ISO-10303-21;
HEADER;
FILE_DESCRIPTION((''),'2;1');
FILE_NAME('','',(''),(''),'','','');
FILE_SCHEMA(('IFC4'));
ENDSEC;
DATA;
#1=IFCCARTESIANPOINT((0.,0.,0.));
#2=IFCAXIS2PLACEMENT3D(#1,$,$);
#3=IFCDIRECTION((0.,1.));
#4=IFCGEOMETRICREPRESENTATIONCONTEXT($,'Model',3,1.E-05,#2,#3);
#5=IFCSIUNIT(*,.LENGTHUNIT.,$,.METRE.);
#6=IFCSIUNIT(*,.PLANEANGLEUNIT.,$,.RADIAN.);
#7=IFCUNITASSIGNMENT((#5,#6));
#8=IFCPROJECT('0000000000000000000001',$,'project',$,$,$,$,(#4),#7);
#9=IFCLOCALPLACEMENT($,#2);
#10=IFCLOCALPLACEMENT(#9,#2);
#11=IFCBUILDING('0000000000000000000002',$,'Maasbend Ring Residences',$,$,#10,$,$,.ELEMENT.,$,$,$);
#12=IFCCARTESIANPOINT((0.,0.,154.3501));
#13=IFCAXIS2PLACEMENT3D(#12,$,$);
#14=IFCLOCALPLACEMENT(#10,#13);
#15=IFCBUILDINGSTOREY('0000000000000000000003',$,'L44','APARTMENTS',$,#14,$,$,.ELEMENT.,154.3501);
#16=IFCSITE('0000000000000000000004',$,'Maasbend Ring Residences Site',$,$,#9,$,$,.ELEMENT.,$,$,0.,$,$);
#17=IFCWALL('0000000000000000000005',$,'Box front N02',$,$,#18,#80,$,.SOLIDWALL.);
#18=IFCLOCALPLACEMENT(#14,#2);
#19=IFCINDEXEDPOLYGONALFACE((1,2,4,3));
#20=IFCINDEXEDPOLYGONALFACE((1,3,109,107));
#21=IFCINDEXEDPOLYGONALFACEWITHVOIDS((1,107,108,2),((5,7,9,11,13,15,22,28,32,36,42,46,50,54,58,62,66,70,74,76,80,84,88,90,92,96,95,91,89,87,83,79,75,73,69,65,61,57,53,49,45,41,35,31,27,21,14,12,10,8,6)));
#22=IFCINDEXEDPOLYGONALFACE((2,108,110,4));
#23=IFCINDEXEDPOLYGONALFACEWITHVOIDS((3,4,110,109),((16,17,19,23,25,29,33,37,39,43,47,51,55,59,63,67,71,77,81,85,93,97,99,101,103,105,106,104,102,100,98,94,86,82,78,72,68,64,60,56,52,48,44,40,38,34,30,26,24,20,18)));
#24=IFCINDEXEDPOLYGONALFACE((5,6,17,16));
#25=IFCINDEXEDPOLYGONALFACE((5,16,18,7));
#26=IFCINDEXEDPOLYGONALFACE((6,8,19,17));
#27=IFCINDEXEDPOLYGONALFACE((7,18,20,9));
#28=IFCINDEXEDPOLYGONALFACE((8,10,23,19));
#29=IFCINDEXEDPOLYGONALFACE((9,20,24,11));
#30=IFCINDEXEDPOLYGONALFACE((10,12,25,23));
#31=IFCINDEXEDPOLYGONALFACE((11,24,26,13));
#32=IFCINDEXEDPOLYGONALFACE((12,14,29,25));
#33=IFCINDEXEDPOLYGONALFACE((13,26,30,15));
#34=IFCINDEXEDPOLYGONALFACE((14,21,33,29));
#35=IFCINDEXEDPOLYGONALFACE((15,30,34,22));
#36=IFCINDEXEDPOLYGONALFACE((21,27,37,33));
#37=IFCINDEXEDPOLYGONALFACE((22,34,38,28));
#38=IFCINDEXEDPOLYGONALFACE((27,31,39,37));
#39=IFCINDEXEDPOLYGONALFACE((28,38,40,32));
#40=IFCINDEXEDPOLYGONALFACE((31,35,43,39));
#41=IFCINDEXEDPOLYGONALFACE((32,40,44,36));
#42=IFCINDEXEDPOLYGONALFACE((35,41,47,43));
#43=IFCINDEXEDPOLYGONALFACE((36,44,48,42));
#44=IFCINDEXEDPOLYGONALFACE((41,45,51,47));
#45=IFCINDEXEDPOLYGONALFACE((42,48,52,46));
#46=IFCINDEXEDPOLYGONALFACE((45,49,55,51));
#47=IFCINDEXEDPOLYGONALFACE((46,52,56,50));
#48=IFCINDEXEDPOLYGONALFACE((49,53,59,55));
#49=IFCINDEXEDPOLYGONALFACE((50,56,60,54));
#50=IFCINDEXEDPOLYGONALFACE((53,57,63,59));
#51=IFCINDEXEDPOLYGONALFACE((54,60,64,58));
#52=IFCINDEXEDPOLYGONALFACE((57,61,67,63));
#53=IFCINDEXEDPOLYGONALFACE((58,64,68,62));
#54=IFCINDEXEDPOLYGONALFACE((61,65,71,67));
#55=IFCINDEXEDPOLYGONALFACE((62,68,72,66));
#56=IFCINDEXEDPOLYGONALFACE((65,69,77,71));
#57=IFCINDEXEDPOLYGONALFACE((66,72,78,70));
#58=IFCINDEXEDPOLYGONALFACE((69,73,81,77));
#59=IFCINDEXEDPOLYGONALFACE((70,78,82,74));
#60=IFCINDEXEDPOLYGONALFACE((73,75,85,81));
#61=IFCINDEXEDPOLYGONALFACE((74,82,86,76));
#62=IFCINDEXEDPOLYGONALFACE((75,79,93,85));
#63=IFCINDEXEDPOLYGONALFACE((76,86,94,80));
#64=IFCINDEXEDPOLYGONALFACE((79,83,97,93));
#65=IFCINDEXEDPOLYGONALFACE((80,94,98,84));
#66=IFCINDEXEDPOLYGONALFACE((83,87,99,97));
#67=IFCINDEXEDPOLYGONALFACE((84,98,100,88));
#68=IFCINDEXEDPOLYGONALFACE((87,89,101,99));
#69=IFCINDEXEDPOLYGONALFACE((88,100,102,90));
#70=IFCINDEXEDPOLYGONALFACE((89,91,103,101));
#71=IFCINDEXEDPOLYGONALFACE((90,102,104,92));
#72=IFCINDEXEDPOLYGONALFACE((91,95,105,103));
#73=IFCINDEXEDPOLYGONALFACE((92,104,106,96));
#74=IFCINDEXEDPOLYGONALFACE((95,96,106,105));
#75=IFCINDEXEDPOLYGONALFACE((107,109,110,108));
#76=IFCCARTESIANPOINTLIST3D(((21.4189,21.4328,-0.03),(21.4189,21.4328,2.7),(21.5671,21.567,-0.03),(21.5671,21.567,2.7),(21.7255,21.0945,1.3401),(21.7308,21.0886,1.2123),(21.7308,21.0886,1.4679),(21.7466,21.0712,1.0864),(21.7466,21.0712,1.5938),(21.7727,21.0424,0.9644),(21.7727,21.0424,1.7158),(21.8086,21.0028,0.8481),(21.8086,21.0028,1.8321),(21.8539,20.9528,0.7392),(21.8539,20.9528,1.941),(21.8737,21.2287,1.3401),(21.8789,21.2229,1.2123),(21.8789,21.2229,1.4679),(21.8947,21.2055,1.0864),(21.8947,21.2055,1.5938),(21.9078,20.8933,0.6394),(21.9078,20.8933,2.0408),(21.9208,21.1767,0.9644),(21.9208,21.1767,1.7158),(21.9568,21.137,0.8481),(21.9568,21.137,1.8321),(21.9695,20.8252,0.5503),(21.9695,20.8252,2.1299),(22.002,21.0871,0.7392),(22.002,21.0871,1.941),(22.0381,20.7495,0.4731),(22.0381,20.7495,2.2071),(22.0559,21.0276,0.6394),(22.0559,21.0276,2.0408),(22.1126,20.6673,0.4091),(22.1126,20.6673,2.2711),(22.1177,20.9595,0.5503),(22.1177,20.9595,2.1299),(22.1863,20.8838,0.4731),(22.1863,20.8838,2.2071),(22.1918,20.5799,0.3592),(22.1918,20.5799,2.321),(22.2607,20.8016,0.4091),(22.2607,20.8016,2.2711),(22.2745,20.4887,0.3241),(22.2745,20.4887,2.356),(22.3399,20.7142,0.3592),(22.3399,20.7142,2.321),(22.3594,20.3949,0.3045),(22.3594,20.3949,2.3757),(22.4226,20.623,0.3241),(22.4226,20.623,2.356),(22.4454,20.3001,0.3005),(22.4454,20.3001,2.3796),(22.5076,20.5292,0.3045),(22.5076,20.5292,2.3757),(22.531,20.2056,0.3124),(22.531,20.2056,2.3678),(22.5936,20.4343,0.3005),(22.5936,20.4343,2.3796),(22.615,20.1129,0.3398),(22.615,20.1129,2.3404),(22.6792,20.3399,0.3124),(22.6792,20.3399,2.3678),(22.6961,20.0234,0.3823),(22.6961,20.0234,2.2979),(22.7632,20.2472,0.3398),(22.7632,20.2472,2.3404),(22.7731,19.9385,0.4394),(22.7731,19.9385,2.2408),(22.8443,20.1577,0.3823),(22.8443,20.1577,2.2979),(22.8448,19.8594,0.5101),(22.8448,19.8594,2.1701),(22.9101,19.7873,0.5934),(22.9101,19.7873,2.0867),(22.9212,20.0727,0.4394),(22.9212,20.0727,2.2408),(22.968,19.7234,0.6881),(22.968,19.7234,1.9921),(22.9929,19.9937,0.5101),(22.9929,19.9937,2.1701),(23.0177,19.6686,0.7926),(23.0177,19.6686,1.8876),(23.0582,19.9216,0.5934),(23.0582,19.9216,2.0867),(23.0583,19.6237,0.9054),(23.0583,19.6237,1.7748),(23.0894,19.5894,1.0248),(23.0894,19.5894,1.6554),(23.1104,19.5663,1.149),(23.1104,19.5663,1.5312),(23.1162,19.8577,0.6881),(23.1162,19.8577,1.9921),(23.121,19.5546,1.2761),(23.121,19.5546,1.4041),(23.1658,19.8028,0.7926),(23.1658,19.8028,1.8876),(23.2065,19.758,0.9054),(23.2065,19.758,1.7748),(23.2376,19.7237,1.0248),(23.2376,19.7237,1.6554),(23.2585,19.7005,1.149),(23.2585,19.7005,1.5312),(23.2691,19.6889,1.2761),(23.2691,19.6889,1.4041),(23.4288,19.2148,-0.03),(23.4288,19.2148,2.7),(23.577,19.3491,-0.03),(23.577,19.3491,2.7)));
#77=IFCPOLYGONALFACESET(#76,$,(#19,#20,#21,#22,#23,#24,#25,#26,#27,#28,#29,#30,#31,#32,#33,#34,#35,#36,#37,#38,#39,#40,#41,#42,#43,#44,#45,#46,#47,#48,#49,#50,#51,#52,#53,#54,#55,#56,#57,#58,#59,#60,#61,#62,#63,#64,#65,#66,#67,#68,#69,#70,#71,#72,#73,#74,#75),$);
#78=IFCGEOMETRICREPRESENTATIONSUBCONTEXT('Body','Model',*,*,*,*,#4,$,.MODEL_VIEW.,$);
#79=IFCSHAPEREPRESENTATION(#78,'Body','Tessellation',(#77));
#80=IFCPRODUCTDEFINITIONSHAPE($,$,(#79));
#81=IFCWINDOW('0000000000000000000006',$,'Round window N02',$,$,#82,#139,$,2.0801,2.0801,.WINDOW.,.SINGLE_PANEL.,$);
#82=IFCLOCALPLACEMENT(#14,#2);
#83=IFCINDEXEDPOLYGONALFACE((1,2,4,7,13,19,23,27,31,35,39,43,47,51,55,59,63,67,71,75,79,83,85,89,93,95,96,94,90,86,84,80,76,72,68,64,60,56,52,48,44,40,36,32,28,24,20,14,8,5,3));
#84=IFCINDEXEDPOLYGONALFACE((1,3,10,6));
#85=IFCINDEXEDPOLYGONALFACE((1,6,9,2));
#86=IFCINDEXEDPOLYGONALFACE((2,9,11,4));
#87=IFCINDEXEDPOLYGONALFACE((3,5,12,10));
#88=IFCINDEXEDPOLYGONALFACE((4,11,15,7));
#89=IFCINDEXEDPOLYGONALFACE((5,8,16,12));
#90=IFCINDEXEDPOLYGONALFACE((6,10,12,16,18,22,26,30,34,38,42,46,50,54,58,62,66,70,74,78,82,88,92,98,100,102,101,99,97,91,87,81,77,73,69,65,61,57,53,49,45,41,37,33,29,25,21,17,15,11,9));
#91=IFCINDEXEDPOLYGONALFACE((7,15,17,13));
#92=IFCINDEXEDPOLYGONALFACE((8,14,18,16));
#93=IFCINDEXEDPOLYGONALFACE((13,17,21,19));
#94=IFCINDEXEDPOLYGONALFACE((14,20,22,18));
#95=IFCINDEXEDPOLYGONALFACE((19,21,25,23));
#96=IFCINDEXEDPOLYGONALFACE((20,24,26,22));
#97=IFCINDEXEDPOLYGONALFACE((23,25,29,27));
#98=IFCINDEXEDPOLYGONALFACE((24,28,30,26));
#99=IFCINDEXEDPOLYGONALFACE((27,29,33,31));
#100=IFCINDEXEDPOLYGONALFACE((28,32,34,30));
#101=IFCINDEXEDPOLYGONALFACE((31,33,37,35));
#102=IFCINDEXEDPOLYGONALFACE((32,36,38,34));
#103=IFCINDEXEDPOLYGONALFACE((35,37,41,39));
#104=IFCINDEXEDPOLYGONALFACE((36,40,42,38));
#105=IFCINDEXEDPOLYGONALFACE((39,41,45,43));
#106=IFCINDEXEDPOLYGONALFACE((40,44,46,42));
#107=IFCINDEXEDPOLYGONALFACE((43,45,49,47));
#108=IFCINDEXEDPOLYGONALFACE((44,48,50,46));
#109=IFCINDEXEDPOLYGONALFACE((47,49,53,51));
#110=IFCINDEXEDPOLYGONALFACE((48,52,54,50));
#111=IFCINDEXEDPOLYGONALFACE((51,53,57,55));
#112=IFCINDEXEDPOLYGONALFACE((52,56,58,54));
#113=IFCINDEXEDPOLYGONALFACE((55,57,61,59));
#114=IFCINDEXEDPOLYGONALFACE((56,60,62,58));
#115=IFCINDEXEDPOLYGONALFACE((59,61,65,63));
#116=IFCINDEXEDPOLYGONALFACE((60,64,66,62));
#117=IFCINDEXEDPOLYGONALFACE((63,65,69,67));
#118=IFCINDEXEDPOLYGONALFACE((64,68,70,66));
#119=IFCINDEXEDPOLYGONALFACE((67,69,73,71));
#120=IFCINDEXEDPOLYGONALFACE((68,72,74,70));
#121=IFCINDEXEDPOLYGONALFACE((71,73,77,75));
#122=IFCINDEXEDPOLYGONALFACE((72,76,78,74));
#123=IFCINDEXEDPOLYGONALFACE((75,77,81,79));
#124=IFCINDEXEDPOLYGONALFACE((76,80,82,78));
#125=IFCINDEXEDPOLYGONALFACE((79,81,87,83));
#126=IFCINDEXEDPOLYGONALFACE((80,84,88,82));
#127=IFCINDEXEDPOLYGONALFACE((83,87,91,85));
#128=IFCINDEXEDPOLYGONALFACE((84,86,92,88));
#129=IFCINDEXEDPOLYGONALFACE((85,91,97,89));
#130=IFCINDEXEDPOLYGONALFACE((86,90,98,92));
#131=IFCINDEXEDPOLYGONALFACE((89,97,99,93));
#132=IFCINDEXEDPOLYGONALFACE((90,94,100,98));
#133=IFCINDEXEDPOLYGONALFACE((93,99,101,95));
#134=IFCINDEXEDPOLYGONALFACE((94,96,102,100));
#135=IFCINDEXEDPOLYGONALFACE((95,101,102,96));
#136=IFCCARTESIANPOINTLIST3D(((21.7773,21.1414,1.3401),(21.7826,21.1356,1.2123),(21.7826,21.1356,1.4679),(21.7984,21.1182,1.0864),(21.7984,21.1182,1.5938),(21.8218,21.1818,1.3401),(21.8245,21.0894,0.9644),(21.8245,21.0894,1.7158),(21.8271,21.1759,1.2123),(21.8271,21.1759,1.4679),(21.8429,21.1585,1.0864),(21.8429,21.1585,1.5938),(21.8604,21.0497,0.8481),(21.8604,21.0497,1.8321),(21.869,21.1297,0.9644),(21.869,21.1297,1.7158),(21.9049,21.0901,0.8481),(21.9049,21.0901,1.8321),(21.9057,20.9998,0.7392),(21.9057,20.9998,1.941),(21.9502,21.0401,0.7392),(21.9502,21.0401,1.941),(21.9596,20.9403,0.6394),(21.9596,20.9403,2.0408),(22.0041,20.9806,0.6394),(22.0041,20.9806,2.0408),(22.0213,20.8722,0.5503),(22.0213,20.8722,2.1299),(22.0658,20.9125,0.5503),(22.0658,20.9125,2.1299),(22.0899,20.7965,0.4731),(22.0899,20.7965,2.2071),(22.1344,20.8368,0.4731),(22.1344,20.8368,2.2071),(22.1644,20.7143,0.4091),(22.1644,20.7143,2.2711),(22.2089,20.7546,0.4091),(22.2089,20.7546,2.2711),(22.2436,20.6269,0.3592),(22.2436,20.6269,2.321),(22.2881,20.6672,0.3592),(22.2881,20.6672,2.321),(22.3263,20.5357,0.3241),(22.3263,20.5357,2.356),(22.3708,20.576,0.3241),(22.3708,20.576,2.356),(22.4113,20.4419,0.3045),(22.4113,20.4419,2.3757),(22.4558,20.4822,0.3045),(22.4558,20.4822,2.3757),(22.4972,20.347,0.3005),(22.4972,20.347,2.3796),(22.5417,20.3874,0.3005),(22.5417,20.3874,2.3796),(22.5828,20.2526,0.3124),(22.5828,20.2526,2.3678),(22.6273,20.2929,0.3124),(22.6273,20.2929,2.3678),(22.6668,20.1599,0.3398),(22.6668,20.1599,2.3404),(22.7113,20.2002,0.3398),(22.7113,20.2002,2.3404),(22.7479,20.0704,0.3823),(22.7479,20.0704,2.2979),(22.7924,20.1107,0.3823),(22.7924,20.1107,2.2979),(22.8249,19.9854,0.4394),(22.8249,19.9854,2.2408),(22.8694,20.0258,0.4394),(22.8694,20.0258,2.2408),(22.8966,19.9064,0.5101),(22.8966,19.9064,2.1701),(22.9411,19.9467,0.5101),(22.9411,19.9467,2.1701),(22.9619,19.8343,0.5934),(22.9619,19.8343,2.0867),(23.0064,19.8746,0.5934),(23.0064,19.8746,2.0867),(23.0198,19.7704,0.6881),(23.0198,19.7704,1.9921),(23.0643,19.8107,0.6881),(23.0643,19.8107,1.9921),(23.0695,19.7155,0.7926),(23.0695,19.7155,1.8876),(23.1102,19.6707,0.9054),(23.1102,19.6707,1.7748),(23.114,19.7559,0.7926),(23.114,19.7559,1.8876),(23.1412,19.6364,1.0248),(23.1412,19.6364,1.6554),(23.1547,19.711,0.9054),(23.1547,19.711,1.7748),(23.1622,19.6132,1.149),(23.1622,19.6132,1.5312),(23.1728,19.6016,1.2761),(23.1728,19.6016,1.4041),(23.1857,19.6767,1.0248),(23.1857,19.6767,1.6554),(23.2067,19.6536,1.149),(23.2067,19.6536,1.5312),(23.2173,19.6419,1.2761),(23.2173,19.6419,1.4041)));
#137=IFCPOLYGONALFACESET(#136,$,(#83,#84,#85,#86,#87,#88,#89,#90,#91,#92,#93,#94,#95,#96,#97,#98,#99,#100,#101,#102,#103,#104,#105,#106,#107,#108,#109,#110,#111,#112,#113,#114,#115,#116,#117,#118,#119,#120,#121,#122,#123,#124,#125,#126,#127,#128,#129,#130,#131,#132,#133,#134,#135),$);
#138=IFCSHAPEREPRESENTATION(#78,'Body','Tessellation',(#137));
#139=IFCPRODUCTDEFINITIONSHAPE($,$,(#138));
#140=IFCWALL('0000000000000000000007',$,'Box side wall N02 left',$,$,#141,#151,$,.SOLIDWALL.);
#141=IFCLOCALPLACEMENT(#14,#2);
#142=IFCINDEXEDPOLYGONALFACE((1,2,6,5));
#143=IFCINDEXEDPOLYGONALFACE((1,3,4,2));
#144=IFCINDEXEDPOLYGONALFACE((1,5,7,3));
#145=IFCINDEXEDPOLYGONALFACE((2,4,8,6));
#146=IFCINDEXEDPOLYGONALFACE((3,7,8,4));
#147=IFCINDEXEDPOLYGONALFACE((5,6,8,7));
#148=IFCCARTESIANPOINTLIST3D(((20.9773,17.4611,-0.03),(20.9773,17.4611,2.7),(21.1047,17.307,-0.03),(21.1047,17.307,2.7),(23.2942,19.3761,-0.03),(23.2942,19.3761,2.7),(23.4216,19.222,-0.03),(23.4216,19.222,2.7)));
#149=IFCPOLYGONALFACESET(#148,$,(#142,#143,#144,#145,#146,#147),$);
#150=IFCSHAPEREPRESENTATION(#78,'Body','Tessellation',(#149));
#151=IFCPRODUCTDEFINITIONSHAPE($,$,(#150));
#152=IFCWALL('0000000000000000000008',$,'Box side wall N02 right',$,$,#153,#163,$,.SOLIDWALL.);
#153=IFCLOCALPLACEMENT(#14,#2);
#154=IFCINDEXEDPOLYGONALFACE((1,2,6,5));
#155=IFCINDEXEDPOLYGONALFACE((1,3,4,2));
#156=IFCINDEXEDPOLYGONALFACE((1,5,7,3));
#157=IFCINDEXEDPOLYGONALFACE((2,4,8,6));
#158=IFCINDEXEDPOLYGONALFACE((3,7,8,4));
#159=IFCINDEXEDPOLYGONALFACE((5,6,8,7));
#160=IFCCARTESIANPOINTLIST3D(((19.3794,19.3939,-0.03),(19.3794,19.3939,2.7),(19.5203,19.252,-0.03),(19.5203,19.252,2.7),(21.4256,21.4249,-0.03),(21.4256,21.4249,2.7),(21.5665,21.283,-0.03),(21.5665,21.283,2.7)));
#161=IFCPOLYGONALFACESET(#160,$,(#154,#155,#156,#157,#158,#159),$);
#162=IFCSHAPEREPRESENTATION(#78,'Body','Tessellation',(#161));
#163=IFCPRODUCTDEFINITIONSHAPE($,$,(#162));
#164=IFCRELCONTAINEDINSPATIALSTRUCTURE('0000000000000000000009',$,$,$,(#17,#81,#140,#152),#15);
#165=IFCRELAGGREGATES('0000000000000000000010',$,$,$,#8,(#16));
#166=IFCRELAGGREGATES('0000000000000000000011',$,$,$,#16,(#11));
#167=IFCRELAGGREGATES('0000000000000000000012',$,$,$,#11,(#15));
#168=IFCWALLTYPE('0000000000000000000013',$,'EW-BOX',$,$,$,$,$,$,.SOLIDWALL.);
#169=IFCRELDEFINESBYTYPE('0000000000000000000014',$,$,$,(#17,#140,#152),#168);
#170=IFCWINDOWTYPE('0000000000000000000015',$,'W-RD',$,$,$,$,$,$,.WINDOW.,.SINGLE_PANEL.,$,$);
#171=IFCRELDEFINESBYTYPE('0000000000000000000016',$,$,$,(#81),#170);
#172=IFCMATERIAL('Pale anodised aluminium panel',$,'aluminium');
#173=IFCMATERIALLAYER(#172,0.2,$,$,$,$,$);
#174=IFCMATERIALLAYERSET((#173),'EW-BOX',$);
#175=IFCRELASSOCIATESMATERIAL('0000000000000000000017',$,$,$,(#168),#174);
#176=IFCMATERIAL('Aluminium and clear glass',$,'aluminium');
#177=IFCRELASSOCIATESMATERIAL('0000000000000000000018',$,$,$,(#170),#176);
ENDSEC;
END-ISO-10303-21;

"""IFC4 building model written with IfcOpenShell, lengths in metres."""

from ifc_helpers import new_model, si_unit, direction, frame, frame_2d, origin, place, context, subcontext, project, spatial, rectangle, circle, extrude, material, layer, layer_set, type_object, element, fill, save


model = new_model("IFC4")

# Units and contexts
model_context = context("Model", 3, precision=1e-05, world=origin(), true_north=direction((0.0, 1.0)))
body_context = subcontext(model_context, "Body", "Model", "MODEL_VIEW")
ifc_project = project(units=[si_unit("LENGTHUNIT", "METRE"), si_unit("PLANEANGLEUNIT", "RADIAN")], contexts=[model_context])

# Site, building, storey
site_placement = place(None, origin())
site = spatial("IfcSite", under=ifc_project, at=site_placement, Name="Maasbend Ring Residences Site", CompositionType="ELEMENT", RefElevation=0.0)
building_placement = place(site_placement, origin())
building = spatial("IfcBuilding", under=site, at=building_placement, Name="Maasbend Ring Residences", CompositionType="ELEMENT")
storey_placement = place(building_placement, frame((0.0, 0.0, 154.3501)))
storey = spatial("IfcBuildingStorey", under=building, at=storey_placement, Name="L44", Description="APARTMENTS", CompositionType="ELEMENT", Elevation=154.3501)

# Wall, opening, window
ifc_material_1 = material(Name="Pale anodised aluminium panel", Category="aluminium")
ifc_layer_1 = layer(ifc_material_1, 0.2)
ifc_layer_set_1 = layer_set([ifc_layer_1], Name="EW-BOX")
wall_type_1 = type_object("IfcWallType", Name="EW-BOX", PredefinedType="SOLIDWALL", material=ifc_layer_set_1)
wall_1_placement = place(storey_placement, frame((23.5029, 19.282, -0.03), z_axis=(0.0, 0.0, 1.0), x_axis=(-0.671507, 0.740998, 0.0)))
wall_1 = element("IfcWall", 1, at=wall_1_placement, inside=storey, type_object=wall_type_1, Name="Box front N02", PredefinedType="SOLIDWALL", context=body_context, shape_type="SweptSolid", body=[
    extrude(rectangle(XDim=2.9932, YDim=0.2, at=frame_2d((1.4966, 0.0))), origin(), (0.0, 0.0, 1.0), 2.73),
])
opening_1_placement = place(wall_1_placement, frame((0.4565, 0.0, 0.3301)))
opening_1 = element("IfcOpeningElement", 2, at=opening_1_placement, cuts=wall_1, PredefinedType="OPENING", context=body_context, shape_type="SweptSolid", body=[
    extrude(circle(Radius=1.04, at=frame_2d((1.04, 1.04))), frame((0.0, 0.1099, 0.0), z_axis=(0.0, -1.0, 0.0), x_axis=(1.0, 0.0, 0.0)), (0.0, 0.0, 1.0), 0.22),
])
ifc_material_2 = material(Name="Aluminium and clear glass", Category="aluminium")
window_type_1 = type_object("IfcWindowType", Name="W-RD", PartitioningType="SINGLE_PANEL", PredefinedType="WINDOW", material=ifc_material_2)
window_1_placement = place(opening_1_placement, origin())
window_1 = element("IfcWindow", 3, at=window_1_placement, inside=storey, type_object=window_type_1, Name="Round window N02", OverallHeight=2.0801, OverallWidth=2.0801, PartitioningType="SINGLE_PANEL", PredefinedType="WINDOW", context=body_context, shape_type="SweptSolid", body=[
    extrude(circle(Radius=1.04, at=frame_2d((1.04, 1.04))), frame((0.0, 0.03, 0.0), z_axis=(0.0, -1.0, 0.0), x_axis=(1.0, 0.0, 0.0)), (0.0, 0.0, 1.0), 0.0601),
])
fill(opening_1, window_1)

# Walls
wall_2_placement = place(storey_placement, frame((21.041, 17.384, -0.03), z_axis=(0.0, 0.0, 1.0), x_axis=(0.770785, 0.637096, 0.0)))
element("IfcWall", 4, at=wall_2_placement, inside=storey, type_object=wall_type_1, Name="Box side wall N02 left", PredefinedType="SOLIDWALL", context=body_context, shape_type="SweptSolid", body=[
    extrude(rectangle(XDim=3.0059, YDim=0.2, at=frame_2d((1.5029, 0.0))), origin(), (0.0, 0.0, 1.0), 2.73),
])
wall_3_placement = place(storey_placement, frame((19.45, 19.323, -0.03), z_axis=(0.0, 0.0, 1.0), x_axis=(0.709727, 0.704477, 0.0)))
element("IfcWall", 5, at=wall_3_placement, inside=storey, type_object=wall_type_1, Name="Box side wall N02 right", PredefinedType="SOLIDWALL", context=body_context, shape_type="SweptSolid", body=[
    extrude(rectangle(XDim=2.8831, YDim=0.2, at=frame_2d((1.4414, 0.0))), origin(), (0.0, 0.0, 1.0), 2.73),
])

save(model, "model.ifc")
